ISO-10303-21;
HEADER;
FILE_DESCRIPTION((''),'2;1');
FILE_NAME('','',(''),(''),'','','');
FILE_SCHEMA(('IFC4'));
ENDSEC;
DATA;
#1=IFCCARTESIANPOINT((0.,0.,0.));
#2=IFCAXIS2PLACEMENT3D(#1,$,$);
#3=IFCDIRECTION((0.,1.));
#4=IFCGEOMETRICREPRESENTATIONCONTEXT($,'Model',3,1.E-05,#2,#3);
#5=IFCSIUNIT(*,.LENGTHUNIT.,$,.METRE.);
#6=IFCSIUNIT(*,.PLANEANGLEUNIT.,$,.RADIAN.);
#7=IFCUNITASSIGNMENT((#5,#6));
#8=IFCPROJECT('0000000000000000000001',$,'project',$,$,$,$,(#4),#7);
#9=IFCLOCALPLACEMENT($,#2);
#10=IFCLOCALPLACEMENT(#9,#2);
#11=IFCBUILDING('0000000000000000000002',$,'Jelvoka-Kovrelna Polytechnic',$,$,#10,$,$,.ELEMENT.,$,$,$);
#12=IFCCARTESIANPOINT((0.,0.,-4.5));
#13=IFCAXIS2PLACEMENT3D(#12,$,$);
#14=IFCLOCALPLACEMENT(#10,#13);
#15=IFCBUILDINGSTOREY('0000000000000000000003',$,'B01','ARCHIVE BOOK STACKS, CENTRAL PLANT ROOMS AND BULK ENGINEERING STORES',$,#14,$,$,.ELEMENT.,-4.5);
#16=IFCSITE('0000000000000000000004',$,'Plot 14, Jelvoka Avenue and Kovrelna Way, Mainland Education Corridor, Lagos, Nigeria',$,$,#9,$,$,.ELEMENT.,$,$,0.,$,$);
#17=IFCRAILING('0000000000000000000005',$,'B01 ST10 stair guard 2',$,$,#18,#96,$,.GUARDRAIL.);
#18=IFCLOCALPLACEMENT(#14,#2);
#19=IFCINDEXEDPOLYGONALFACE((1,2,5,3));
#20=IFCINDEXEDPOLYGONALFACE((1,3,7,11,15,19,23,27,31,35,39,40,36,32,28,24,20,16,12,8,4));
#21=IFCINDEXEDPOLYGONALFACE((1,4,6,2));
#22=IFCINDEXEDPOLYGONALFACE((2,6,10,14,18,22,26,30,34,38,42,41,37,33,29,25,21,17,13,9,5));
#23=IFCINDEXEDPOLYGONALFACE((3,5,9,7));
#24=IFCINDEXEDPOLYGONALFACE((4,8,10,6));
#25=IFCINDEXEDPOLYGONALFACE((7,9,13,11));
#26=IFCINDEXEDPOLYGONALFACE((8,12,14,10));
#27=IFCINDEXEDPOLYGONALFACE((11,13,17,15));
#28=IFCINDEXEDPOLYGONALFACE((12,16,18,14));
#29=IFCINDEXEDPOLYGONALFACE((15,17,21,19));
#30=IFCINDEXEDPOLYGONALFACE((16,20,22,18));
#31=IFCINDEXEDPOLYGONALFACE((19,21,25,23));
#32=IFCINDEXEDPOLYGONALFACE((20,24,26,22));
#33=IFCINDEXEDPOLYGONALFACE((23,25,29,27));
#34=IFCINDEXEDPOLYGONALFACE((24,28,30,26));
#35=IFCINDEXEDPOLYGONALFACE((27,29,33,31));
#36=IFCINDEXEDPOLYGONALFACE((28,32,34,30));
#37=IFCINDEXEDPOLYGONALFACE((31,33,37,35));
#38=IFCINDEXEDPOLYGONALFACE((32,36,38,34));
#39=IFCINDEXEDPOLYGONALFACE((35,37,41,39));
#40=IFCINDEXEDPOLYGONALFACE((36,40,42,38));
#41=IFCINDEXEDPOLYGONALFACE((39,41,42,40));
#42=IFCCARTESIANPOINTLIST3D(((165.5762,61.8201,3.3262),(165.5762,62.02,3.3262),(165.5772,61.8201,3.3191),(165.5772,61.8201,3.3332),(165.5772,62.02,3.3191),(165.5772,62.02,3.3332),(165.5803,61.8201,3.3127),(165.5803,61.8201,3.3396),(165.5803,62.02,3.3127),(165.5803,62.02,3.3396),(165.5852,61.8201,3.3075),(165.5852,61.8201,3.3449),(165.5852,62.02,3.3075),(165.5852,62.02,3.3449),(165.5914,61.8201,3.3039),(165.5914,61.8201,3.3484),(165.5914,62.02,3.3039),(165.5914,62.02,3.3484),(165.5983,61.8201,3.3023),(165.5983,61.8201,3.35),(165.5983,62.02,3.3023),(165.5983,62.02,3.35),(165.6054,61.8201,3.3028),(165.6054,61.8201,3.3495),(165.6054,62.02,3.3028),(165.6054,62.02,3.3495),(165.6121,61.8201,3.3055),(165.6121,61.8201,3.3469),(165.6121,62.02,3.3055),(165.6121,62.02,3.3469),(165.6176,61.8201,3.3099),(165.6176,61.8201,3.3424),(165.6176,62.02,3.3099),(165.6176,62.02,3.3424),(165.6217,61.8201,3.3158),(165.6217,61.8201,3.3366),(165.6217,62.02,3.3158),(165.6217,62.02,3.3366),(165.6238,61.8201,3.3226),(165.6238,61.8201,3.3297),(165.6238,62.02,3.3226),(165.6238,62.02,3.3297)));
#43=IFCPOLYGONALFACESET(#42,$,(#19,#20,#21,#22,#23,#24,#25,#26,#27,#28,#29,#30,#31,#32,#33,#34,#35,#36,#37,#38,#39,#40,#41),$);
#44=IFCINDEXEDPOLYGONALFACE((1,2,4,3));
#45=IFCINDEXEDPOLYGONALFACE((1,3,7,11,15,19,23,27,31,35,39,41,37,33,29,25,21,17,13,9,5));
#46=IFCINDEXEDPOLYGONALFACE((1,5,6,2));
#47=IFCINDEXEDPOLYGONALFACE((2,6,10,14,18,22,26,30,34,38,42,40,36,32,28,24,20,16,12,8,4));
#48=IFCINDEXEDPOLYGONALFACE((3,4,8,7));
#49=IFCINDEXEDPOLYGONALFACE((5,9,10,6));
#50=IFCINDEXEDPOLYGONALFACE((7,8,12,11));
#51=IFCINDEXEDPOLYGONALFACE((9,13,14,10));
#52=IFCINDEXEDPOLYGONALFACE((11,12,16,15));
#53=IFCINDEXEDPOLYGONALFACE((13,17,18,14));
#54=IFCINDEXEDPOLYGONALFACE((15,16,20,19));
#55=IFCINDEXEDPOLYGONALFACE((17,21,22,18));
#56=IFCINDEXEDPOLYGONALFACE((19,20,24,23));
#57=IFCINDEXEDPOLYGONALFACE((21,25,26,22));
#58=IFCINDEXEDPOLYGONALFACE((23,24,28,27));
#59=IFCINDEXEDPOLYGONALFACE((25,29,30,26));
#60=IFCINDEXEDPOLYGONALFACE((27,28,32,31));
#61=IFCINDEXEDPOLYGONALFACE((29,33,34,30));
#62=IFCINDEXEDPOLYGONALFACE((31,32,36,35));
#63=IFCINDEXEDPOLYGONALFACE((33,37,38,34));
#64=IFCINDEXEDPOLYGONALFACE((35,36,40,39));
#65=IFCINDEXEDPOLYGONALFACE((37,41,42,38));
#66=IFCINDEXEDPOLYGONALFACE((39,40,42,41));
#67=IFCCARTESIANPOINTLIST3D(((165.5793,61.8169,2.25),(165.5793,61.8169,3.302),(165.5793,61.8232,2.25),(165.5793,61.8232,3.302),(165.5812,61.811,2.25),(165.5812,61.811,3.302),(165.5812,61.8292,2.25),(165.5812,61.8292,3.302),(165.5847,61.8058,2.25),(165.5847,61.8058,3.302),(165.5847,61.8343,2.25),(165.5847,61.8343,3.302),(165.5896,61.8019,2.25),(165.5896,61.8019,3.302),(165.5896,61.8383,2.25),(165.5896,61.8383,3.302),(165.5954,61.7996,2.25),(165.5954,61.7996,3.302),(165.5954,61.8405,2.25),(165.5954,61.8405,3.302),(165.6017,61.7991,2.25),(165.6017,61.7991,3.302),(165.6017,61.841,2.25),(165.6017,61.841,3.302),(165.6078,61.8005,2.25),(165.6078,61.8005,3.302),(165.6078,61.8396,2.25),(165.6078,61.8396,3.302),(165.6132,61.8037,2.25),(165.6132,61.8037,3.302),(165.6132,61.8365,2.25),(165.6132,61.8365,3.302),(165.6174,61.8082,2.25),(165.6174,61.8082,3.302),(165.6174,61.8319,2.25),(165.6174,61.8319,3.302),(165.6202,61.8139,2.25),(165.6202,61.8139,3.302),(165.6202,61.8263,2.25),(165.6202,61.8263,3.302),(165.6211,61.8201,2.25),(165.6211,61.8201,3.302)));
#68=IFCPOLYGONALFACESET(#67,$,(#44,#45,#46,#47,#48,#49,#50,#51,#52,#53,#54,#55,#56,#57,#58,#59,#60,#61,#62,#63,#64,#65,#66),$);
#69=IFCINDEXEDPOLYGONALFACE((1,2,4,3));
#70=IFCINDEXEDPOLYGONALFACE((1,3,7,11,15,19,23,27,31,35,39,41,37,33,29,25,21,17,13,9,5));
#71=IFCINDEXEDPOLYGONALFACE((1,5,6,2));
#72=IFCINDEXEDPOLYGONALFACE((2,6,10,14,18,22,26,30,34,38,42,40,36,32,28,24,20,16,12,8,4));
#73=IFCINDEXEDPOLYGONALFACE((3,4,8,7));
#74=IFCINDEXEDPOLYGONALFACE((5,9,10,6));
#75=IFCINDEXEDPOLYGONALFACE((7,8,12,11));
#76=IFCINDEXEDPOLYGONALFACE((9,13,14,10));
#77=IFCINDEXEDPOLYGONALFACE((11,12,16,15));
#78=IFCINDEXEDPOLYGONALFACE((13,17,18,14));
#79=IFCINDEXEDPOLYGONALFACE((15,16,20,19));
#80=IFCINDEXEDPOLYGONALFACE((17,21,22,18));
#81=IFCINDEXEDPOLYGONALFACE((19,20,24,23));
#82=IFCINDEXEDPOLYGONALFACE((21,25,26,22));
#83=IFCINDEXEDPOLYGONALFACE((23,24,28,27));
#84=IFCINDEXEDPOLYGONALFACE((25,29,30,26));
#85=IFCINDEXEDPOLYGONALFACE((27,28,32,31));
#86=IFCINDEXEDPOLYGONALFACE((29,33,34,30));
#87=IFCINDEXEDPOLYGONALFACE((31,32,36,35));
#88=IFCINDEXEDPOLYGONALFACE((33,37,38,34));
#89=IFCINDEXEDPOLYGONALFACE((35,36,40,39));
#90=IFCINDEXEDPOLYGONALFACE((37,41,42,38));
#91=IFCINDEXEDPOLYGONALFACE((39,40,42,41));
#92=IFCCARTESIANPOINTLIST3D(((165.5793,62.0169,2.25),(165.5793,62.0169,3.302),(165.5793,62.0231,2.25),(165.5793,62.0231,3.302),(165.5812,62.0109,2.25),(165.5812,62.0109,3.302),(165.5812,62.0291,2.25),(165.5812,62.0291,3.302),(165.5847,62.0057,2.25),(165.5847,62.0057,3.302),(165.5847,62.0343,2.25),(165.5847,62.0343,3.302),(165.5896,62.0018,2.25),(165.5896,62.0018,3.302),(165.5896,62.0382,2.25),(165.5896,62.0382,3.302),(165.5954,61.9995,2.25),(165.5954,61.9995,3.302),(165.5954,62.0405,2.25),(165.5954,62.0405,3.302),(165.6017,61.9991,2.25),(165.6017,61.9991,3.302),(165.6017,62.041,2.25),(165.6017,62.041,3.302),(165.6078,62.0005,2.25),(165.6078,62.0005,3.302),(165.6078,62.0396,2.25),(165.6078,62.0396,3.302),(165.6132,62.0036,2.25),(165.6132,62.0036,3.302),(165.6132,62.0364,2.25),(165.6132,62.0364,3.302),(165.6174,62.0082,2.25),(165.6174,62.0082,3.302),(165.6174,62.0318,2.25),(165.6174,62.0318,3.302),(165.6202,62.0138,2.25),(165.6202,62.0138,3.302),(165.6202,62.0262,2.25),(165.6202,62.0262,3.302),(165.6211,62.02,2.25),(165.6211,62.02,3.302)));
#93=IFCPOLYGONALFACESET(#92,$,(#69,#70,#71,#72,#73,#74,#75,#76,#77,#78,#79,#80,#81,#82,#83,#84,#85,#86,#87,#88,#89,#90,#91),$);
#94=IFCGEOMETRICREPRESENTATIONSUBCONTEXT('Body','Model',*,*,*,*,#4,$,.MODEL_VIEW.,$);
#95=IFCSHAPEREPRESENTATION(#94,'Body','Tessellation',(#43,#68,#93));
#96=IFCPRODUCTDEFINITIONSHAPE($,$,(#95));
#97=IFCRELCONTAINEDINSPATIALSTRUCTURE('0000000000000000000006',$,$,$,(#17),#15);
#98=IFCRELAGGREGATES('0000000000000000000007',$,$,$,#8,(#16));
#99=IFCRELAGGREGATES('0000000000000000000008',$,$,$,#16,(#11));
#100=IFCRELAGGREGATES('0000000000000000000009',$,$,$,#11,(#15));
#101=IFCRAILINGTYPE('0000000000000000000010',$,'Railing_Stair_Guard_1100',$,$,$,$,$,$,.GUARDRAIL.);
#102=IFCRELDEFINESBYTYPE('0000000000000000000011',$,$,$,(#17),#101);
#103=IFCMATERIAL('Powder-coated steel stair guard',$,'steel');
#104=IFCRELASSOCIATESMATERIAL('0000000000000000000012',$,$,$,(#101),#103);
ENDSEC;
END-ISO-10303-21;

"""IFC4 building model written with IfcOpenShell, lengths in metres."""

from ifc_helpers import new_model, si_unit, direction, frame, origin, origin_2d, place, context, subcontext, project, spatial, circle, extrude, material, type_object, element, save


model = new_model("IFC4")

# Units and contexts
model_context = context("Model", 3, precision=1e-05, world=origin(), true_north=direction((0.0, 1.0)))
body_context = subcontext(model_context, "Body", "Model", "MODEL_VIEW")
ifc_project = project(units=[si_unit("LENGTHUNIT", "METRE"), si_unit("PLANEANGLEUNIT", "RADIAN")], contexts=[model_context])

# Site, building, storey
site_placement = place(None, origin())
site = spatial("IfcSite", under=ifc_project, at=site_placement, Name="Plot 14, Jelvoka Avenue and Kovrelna Way, Mainland Education Corridor, Lagos, Nigeria", CompositionType="ELEMENT", RefElevation=0.0)
building_placement = place(site_placement, origin())
building = spatial("IfcBuilding", under=site, at=building_placement, Name="Jelvoka-Kovrelna Polytechnic", CompositionType="ELEMENT")
storey_placement = place(building_placement, frame((0.0, 0.0, -4.5)))
storey = spatial("IfcBuildingStorey", under=building, at=storey_placement, Name="B01", Description="ARCHIVE BOOK STACKS, CENTRAL PLANT ROOMS AND BULK ENGINEERING STORES", CompositionType="ELEMENT", Elevation=-4.5)

# Railing
ifc_material_1 = material(Name="Powder-coated steel stair guard", Category="steel")
railing_type_1 = type_object("IfcRailingType", Name="Railing_Stair_Guard_1100", PredefinedType="GUARDRAIL", material=ifc_material_1)
railing_1_placement = place(storey_placement, frame((165.6001, 61.8201, 2.25)))
element("IfcRailing", 1, at=railing_1_placement, inside=storey, type_object=railing_type_1, Name="B01 ST10 stair guard 2", PredefinedType="GUARDRAIL", context=body_context, shape_type="SweptSolid", body=[
    extrude(circle(Radius=0.0239, at=origin_2d()), frame((0.0, 0.0, 1.0762), z_axis=(0.0, 1.0, 0.0), x_axis=(-1.0, 0.0, 0.0)), (0.0, 0.0, 1.0), 0.2),
    extrude(circle(Radius=0.021, at=origin_2d()), origin(), (0.0, 0.0, 1.0), 1.052),
    extrude(circle(Radius=0.021, at=origin_2d()), frame((0.0, 0.2, 0.0)), (0.0, 0.0, 1.0), 1.052),
])

save(model, "model.ifc")
